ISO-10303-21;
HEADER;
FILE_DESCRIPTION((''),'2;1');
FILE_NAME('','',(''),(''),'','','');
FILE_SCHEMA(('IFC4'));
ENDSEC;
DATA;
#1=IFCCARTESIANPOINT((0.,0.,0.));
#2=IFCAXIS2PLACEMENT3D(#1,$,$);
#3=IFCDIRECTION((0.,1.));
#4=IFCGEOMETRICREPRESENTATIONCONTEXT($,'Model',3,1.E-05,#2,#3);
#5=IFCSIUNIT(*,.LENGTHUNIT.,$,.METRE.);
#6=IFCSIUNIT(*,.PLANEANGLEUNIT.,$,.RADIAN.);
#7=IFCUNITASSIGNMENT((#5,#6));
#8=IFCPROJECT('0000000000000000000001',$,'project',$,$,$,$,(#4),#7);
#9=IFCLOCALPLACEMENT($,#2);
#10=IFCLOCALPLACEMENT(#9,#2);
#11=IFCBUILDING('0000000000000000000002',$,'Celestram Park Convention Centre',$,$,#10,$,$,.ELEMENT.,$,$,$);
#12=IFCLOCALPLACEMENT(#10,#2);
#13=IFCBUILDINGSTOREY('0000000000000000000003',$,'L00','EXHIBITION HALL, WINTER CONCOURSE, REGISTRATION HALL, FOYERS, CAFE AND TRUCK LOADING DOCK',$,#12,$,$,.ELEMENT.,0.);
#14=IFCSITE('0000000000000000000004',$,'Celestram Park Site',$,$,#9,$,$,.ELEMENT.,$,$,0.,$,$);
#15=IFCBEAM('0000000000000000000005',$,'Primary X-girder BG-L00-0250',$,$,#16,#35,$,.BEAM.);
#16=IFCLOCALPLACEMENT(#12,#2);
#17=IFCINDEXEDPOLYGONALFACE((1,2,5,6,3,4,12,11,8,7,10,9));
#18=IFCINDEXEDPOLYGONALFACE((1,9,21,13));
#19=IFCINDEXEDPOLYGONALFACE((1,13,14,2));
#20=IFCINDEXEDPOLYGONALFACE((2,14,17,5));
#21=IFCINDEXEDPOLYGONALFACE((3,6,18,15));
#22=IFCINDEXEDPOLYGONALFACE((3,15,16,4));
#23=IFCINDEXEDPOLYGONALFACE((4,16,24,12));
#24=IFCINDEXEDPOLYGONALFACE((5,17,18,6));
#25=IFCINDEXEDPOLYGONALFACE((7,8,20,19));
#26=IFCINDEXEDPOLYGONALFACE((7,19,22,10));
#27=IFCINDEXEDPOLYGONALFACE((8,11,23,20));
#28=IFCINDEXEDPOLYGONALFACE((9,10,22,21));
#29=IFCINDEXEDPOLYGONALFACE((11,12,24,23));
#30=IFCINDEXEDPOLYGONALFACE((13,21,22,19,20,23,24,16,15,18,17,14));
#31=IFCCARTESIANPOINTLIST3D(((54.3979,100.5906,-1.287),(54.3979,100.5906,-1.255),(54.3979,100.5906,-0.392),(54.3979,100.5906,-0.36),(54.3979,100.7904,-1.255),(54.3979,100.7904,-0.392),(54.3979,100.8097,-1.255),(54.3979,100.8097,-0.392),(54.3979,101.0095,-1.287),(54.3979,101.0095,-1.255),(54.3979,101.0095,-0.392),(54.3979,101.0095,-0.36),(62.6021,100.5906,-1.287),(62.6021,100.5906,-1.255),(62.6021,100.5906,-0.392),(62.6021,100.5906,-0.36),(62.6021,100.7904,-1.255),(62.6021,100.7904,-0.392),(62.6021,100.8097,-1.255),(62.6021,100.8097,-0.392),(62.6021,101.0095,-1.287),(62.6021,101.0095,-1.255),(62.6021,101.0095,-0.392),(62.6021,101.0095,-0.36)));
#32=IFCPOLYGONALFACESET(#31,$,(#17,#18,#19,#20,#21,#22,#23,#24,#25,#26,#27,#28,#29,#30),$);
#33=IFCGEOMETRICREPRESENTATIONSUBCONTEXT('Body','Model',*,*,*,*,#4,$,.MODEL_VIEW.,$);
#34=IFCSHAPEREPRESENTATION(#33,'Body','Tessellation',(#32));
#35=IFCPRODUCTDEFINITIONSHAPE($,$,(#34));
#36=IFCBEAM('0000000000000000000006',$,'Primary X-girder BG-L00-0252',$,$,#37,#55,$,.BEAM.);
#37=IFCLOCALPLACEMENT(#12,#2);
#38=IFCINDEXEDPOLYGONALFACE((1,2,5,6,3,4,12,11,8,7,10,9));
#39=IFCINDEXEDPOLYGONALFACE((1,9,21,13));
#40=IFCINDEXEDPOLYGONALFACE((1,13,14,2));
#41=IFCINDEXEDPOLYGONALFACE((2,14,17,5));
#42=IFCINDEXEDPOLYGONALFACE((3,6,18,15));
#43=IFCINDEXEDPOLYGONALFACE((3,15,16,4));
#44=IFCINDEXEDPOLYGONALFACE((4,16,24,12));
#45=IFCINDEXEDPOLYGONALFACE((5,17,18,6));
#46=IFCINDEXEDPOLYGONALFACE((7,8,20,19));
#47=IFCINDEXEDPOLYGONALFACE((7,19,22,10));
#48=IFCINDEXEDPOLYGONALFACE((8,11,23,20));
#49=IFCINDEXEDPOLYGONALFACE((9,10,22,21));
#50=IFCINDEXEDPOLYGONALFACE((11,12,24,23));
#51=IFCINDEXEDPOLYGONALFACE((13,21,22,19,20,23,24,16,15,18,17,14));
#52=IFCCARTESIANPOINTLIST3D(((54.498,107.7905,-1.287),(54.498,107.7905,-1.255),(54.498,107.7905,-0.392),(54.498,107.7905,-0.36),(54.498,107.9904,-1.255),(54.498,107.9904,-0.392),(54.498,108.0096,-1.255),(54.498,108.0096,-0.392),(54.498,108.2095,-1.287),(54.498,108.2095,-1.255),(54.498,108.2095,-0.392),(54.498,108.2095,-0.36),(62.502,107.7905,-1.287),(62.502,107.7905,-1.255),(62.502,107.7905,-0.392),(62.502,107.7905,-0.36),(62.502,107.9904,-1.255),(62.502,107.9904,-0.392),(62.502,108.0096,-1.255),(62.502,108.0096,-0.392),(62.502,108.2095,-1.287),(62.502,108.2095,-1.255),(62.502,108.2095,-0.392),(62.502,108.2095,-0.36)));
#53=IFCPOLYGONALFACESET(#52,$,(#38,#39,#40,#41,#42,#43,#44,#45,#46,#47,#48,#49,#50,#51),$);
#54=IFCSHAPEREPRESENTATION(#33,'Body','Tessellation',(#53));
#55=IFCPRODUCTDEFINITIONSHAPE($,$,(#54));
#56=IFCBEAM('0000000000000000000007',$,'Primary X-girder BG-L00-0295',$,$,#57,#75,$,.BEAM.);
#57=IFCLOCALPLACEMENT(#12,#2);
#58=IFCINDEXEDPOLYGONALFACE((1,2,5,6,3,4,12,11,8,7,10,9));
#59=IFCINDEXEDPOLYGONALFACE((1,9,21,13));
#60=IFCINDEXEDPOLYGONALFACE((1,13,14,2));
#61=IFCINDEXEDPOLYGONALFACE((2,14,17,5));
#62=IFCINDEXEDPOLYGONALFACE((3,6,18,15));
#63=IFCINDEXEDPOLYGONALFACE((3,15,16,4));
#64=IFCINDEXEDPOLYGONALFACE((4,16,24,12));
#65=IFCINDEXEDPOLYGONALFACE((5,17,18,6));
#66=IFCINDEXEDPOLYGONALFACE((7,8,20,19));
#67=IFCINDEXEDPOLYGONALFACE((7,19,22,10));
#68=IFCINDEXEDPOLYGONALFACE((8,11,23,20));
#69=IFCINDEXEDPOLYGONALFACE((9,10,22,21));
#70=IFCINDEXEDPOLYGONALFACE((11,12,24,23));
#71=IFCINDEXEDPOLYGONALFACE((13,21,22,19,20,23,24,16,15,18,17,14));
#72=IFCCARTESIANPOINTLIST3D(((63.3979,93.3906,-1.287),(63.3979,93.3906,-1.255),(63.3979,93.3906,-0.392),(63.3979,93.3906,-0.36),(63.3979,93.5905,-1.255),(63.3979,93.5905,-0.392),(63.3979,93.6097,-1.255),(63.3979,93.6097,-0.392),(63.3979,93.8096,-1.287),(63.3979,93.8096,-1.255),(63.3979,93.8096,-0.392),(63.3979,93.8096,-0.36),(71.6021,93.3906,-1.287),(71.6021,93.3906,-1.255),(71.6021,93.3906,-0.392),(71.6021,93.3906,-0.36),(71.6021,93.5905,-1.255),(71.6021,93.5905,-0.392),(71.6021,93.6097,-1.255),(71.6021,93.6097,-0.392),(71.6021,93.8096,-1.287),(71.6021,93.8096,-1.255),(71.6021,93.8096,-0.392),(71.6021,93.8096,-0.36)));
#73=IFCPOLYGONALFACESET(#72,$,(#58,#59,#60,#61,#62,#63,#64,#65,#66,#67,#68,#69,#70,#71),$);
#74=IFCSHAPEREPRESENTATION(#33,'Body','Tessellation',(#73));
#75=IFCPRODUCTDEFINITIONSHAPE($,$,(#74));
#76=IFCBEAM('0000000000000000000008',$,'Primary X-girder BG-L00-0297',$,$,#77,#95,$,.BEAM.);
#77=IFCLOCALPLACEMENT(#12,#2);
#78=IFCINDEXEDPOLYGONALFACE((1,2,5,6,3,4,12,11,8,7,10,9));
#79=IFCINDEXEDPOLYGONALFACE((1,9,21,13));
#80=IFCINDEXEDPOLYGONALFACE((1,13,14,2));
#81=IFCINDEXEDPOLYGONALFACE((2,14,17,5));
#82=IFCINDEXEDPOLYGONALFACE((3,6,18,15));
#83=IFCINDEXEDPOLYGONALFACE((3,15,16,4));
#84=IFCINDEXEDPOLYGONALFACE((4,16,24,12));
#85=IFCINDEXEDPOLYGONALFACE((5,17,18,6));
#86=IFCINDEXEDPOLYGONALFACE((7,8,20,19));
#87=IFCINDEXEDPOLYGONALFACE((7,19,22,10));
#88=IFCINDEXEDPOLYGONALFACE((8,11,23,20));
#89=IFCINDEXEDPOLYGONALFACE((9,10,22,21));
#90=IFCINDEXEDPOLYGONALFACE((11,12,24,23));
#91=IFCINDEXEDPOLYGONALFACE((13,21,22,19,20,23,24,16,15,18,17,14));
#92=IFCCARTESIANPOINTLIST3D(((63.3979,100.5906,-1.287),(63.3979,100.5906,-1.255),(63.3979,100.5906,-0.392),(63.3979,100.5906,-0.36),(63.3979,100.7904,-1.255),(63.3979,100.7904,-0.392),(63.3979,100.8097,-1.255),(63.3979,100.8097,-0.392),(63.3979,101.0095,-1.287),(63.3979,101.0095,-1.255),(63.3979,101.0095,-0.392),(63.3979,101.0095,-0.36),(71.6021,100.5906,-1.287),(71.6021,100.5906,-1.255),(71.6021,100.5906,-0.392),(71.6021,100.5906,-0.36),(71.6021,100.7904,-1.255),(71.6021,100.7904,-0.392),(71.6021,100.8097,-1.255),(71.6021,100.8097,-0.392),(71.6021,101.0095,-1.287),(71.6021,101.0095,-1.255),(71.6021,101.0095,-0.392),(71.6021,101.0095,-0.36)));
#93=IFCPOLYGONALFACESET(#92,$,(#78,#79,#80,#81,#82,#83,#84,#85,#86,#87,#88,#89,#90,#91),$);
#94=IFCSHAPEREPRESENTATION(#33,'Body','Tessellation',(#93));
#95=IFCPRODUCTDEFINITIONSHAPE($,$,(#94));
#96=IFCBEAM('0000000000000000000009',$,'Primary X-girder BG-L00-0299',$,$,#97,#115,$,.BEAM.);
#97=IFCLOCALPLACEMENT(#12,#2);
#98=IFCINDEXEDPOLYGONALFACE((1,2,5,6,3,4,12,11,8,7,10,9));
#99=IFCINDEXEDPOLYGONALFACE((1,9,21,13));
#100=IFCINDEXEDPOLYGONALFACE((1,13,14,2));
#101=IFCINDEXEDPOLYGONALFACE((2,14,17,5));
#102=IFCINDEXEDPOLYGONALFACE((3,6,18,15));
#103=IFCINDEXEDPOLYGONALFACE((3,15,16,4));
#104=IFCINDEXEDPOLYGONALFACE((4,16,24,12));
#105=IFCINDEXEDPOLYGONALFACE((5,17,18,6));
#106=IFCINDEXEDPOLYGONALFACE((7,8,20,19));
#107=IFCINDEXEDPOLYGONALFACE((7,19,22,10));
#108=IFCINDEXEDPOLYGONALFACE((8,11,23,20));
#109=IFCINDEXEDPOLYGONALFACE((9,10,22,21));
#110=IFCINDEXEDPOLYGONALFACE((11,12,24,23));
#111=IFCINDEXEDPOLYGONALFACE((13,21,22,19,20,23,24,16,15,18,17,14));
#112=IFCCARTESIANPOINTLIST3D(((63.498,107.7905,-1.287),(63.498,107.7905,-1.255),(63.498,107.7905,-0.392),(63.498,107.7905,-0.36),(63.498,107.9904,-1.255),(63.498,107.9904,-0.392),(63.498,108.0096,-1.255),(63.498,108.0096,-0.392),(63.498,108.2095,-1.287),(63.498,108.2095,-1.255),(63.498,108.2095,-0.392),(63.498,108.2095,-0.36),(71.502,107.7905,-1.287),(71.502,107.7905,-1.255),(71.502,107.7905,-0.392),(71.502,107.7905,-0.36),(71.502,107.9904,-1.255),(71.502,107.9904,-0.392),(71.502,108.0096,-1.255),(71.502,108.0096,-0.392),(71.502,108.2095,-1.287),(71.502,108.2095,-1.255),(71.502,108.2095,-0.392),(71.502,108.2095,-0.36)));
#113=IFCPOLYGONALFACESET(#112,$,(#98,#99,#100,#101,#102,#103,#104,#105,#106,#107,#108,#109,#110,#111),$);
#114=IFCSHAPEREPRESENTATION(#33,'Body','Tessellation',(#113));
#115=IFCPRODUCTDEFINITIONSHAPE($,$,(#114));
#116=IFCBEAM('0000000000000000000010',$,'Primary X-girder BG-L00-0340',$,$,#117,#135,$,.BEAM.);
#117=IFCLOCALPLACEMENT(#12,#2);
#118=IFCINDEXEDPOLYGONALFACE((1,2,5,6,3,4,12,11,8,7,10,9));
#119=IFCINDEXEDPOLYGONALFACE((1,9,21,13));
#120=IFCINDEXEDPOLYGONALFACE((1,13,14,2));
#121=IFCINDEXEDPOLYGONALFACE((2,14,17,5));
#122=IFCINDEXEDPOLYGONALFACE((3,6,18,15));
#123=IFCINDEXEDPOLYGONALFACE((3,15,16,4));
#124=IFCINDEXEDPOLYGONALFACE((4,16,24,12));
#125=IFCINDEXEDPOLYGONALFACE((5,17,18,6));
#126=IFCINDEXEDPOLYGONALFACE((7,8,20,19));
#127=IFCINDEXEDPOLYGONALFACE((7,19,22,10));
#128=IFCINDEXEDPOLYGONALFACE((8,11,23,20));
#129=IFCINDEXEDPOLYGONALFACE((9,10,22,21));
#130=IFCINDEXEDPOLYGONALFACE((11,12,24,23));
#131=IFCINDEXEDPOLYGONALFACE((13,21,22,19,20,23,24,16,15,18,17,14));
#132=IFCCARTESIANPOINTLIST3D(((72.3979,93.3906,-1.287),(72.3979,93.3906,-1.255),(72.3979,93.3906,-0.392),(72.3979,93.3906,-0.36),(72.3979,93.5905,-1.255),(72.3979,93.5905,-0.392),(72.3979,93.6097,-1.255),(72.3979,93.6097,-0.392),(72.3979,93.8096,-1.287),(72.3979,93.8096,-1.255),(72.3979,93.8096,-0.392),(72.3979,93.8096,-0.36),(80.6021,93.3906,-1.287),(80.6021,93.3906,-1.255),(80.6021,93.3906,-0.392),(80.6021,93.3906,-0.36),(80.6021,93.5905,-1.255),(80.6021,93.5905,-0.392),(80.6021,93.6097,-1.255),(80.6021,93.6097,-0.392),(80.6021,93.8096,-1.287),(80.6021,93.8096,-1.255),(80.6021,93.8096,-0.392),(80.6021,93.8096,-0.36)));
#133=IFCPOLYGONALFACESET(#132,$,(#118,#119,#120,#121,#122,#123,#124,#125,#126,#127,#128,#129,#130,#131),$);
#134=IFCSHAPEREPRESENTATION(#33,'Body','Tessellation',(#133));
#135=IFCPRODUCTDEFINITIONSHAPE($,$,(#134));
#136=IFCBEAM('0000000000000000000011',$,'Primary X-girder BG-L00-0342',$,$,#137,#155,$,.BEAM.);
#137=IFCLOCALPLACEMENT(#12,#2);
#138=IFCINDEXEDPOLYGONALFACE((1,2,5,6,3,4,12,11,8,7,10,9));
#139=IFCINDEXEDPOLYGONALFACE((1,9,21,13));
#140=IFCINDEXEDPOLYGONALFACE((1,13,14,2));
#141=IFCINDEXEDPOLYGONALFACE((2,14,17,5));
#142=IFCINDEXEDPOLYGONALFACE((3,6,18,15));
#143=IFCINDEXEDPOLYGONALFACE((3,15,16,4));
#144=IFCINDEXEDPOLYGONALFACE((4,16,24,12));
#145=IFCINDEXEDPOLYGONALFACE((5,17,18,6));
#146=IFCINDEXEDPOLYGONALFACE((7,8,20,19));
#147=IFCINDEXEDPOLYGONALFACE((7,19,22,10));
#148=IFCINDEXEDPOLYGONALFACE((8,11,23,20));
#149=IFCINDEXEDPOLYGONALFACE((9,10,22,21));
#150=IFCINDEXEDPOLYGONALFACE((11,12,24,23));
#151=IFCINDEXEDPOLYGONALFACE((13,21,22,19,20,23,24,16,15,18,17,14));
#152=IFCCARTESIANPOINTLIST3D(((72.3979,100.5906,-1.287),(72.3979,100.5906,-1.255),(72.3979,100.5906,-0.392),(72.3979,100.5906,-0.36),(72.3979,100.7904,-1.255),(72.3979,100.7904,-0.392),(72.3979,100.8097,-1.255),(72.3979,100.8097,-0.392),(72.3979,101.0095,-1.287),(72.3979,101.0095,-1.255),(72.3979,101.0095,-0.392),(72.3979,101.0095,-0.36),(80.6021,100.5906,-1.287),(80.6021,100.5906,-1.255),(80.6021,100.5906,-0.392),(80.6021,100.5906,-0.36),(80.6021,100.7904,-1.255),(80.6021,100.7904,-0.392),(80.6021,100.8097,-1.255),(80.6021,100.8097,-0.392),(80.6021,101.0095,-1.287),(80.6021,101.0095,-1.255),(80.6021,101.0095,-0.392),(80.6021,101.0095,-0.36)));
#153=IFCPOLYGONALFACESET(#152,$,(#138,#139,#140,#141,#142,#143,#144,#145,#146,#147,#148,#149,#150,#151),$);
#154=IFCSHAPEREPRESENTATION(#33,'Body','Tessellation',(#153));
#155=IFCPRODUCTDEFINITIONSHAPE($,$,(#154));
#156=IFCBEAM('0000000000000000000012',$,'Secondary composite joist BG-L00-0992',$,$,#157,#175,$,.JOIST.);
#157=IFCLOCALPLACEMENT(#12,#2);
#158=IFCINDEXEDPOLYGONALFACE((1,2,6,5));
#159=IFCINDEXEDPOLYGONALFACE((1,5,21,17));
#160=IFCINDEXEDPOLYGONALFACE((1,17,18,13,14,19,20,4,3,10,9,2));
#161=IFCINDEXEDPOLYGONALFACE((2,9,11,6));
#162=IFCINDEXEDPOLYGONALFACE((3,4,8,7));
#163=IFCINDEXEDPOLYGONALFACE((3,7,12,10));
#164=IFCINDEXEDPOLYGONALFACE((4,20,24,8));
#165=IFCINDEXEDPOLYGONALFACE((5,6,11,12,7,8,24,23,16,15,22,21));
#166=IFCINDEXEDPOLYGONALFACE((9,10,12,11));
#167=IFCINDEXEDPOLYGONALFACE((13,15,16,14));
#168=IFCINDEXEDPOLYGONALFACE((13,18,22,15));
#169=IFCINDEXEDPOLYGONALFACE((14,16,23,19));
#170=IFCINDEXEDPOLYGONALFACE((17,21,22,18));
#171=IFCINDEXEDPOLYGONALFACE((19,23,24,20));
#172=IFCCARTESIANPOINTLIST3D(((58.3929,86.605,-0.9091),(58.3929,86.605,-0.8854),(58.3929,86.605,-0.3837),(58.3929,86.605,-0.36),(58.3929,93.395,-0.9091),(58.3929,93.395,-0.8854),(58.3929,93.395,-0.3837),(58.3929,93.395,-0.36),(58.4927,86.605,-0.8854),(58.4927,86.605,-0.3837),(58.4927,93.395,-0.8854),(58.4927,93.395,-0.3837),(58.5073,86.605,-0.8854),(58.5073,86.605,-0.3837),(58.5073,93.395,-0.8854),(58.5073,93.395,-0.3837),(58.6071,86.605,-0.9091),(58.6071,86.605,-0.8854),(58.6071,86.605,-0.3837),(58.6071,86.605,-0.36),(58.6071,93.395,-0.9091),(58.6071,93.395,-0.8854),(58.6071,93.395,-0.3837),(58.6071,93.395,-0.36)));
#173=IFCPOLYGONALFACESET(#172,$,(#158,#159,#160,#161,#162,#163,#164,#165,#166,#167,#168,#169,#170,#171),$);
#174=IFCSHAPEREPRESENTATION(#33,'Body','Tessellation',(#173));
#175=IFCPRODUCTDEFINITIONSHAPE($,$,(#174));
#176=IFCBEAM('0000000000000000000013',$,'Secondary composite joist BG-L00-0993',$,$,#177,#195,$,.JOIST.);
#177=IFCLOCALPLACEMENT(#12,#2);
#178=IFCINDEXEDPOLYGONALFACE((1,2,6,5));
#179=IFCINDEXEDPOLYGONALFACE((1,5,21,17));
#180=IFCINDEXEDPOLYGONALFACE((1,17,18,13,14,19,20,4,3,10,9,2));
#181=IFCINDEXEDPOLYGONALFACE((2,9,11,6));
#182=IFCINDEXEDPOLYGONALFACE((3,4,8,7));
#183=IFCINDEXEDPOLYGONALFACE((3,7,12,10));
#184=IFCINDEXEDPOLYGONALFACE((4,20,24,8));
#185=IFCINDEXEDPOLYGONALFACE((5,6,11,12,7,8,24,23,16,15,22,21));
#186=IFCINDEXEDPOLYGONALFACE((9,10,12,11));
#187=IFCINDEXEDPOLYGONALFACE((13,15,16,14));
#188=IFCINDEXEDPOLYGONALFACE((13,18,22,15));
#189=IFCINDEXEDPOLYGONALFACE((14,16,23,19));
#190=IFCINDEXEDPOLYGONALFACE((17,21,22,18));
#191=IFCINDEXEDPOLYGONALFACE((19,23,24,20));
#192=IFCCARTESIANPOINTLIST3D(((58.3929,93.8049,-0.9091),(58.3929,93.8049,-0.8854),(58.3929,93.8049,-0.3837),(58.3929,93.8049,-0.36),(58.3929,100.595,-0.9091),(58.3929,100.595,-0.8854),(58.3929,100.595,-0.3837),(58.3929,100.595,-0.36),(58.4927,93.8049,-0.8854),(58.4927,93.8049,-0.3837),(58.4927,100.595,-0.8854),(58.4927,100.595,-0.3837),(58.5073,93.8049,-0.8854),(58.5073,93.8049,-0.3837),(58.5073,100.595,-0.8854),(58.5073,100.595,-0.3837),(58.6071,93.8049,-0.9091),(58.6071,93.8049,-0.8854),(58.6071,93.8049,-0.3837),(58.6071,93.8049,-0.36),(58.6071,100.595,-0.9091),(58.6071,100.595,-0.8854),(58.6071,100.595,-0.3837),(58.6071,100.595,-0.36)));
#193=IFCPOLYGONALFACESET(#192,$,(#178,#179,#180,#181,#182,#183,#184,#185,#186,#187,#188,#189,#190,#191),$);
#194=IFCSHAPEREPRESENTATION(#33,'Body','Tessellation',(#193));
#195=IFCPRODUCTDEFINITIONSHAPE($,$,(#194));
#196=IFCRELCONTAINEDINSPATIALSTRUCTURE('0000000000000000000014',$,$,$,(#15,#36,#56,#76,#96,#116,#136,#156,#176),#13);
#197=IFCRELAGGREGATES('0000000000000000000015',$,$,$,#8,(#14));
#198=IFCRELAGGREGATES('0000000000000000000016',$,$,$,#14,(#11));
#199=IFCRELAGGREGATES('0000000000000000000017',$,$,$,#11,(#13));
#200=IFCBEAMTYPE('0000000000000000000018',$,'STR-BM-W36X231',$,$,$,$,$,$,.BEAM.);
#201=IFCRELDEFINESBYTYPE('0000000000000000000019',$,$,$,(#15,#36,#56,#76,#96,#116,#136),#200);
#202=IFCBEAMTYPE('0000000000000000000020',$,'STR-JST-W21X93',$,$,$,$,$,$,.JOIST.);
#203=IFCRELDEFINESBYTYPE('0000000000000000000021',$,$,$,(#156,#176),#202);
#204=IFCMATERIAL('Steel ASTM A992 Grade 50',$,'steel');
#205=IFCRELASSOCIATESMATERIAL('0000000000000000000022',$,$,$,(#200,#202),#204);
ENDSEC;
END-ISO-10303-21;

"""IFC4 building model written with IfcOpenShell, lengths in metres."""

from ifc_helpers import new_model, si_unit, direction, frame, origin, origin_2d, place, context, subcontext, project, spatial, i_section, extrude, material, material_profile, profile_set, type_object, element, save


model = new_model("IFC4")

# Units and contexts
model_context = context("Model", 3, precision=1e-05, world=origin(), true_north=direction((0.0, 1.0)))
body_context = subcontext(model_context, "Body", "Model", "MODEL_VIEW")
ifc_project = project(units=[si_unit("LENGTHUNIT", "METRE"), si_unit("PLANEANGLEUNIT", "RADIAN")], contexts=[model_context])

# Site, building, storey
site_placement = place(None, origin())
site = spatial("IfcSite", under=ifc_project, at=site_placement, Name="Celestram Park Site", CompositionType="ELEMENT", RefElevation=0.0)
building_placement = place(site_placement, origin())
building = spatial("IfcBuilding", under=site, at=building_placement, Name="Celestram Park Convention Centre", CompositionType="ELEMENT")
storey_placement = place(building_placement, origin())
storey = spatial("IfcBuildingStorey", under=building, at=storey_placement, Name="L00", Description="EXHIBITION HALL, WINTER CONCOURSE, REGISTRATION HALL, FOYERS, CAFE AND TRUCK LOADING DOCK", CompositionType="ELEMENT", Elevation=0.0)

# Beams
ifc_material_1 = material(Name="Steel ASTM A992 Grade 50", Category="steel")
ifc_material_profile_1 = material_profile(ifc_material_1, i_section(OverallWidth=0.4189, OverallDepth=0.927, WebThickness=0.0193, FlangeThickness=0.032, at=origin_2d()), Name="W36X231")
ifc_profile_set_1 = profile_set([ifc_material_profile_1], Name="Steel ASTM A992 Grade 50")
beam_type_1 = type_object("IfcBeamType", Name="STR-BM-W36X231", PredefinedType="BEAM", material=ifc_profile_set_1)
for number, where, z_axis, x_axis, name in (
    (1, (54.3979, 100.8, -0.8235), (1.0, 0.0, 0.0), (0.0, 1.0, 0.0), "Primary X-girder BG-L00-0250"),
):
    element("IfcBeam", number, at=place(storey_placement, frame(where, z_axis=z_axis, x_axis=x_axis)), inside=storey, type_object=beam_type_1, Name=name, PredefinedType="BEAM", context=body_context, shape_type="SweptSolid", body=[
        extrude(i_section(OverallWidth=0.4189, OverallDepth=0.927, WebThickness=0.0193, FlangeThickness=0.032, at=origin_2d()), origin(), (0.0, 0.0, 1.0), 8.2041),
    ])
beam_1_placement = place(storey_placement, frame((54.498, 108.0, -0.8235), z_axis=(1.0, 0.0, 0.0), x_axis=(0.0, 1.0, 0.0)))
element("IfcBeam", 2, at=beam_1_placement, inside=storey, type_object=beam_type_1, Name="Primary X-girder BG-L00-0252", PredefinedType="BEAM", context=body_context, shape_type="SweptSolid", body=[
    extrude(i_section(OverallWidth=0.4189, OverallDepth=0.927, WebThickness=0.0193, FlangeThickness=0.032, at=origin_2d()), origin(), (0.0, 0.0, 1.0), 8.0039),
])
for number, where, z_axis, x_axis, name in (
    (3, (63.3979, 93.6001, -0.8235), (1.0, 0.0, 0.0), (0.0, 1.0, 0.0), "Primary X-girder BG-L00-0295"),
    (4, (63.3979, 100.8, -0.8235), (1.0, 0.0, 0.0), (0.0, 1.0, 0.0), "Primary X-girder BG-L00-0297"),
):
    element("IfcBeam", number, at=place(storey_placement, frame(where, z_axis=z_axis, x_axis=x_axis)), inside=storey, type_object=beam_type_1, Name=name, PredefinedType="BEAM", context=body_context, shape_type="SweptSolid", body=[
        extrude(i_section(OverallWidth=0.4189, OverallDepth=0.927, WebThickness=0.0193, FlangeThickness=0.032, at=origin_2d()), origin(), (0.0, 0.0, 1.0), 8.2041),
    ])
beam_2_placement = place(storey_placement, frame((63.498, 108.0, -0.8235), z_axis=(1.0, 0.0, 0.0), x_axis=(0.0, 1.0, 0.0)))
element("IfcBeam", 5, at=beam_2_placement, inside=storey, type_object=beam_type_1, Name="Primary X-girder BG-L00-0299", PredefinedType="BEAM", context=body_context, shape_type="SweptSolid", body=[
    extrude(i_section(OverallWidth=0.4189, OverallDepth=0.927, WebThickness=0.0193, FlangeThickness=0.032, at=origin_2d()), origin(), (0.0, 0.0, 1.0), 8.0039),
])
for number, where, z_axis, x_axis, name in (
    (6, (72.3979, 93.6001, -0.8235), (1.0, 0.0, 0.0), (0.0, 1.0, 0.0), "Primary X-girder BG-L00-0340"),
    (7, (72.3979, 100.8, -0.8235), (1.0, 0.0, 0.0), (0.0, 1.0, 0.0), "Primary X-girder BG-L00-0342"),
):
    element("IfcBeam", number, at=place(storey_placement, frame(where, z_axis=z_axis, x_axis=x_axis)), inside=storey, type_object=beam_type_1, Name=name, PredefinedType="BEAM", context=body_context, shape_type="SweptSolid", body=[
        extrude(i_section(OverallWidth=0.4189, OverallDepth=0.927, WebThickness=0.0193, FlangeThickness=0.032, at=origin_2d()), origin(), (0.0, 0.0, 1.0), 8.2041),
    ])
ifc_material_profile_2 = material_profile(ifc_material_1, i_section(OverallWidth=0.2141, OverallDepth=0.5491, WebThickness=0.0146, FlangeThickness=0.0237, at=origin_2d()), Name="W21X93")
ifc_profile_set_2 = profile_set([ifc_material_profile_2], Name="Steel ASTM A992 Grade 50")
beam_type_2 = type_object("IfcBeamType", Name="STR-JST-W21X93", PredefinedType="JOIST", material=ifc_profile_set_2)
for number, where, z_axis, x_axis, name in (
    (8, (58.5, 86.605, -0.6345), (0.0, 1.0, 0.0), (-1.0, 0.0, 0.0), "Secondary composite joist BG-L00-0992"),
    (9, (58.5, 93.8049, -0.6345), (0.0, 1.0, 0.0), (-1.0, 0.0, 0.0), "Secondary composite joist BG-L00-0993"),
):
    element("IfcBeam", number, at=place(storey_placement, frame(where, z_axis=z_axis, x_axis=x_axis)), inside=storey, type_object=beam_type_2, Name=name, PredefinedType="JOIST", context=body_context, shape_type="SweptSolid", body=[
        extrude(i_section(OverallWidth=0.2141, OverallDepth=0.5491, WebThickness=0.0146, FlangeThickness=0.0237, at=origin_2d()), origin(), (0.0, 0.0, 1.0), 6.79),
    ])

save(model, "model.ifc")
